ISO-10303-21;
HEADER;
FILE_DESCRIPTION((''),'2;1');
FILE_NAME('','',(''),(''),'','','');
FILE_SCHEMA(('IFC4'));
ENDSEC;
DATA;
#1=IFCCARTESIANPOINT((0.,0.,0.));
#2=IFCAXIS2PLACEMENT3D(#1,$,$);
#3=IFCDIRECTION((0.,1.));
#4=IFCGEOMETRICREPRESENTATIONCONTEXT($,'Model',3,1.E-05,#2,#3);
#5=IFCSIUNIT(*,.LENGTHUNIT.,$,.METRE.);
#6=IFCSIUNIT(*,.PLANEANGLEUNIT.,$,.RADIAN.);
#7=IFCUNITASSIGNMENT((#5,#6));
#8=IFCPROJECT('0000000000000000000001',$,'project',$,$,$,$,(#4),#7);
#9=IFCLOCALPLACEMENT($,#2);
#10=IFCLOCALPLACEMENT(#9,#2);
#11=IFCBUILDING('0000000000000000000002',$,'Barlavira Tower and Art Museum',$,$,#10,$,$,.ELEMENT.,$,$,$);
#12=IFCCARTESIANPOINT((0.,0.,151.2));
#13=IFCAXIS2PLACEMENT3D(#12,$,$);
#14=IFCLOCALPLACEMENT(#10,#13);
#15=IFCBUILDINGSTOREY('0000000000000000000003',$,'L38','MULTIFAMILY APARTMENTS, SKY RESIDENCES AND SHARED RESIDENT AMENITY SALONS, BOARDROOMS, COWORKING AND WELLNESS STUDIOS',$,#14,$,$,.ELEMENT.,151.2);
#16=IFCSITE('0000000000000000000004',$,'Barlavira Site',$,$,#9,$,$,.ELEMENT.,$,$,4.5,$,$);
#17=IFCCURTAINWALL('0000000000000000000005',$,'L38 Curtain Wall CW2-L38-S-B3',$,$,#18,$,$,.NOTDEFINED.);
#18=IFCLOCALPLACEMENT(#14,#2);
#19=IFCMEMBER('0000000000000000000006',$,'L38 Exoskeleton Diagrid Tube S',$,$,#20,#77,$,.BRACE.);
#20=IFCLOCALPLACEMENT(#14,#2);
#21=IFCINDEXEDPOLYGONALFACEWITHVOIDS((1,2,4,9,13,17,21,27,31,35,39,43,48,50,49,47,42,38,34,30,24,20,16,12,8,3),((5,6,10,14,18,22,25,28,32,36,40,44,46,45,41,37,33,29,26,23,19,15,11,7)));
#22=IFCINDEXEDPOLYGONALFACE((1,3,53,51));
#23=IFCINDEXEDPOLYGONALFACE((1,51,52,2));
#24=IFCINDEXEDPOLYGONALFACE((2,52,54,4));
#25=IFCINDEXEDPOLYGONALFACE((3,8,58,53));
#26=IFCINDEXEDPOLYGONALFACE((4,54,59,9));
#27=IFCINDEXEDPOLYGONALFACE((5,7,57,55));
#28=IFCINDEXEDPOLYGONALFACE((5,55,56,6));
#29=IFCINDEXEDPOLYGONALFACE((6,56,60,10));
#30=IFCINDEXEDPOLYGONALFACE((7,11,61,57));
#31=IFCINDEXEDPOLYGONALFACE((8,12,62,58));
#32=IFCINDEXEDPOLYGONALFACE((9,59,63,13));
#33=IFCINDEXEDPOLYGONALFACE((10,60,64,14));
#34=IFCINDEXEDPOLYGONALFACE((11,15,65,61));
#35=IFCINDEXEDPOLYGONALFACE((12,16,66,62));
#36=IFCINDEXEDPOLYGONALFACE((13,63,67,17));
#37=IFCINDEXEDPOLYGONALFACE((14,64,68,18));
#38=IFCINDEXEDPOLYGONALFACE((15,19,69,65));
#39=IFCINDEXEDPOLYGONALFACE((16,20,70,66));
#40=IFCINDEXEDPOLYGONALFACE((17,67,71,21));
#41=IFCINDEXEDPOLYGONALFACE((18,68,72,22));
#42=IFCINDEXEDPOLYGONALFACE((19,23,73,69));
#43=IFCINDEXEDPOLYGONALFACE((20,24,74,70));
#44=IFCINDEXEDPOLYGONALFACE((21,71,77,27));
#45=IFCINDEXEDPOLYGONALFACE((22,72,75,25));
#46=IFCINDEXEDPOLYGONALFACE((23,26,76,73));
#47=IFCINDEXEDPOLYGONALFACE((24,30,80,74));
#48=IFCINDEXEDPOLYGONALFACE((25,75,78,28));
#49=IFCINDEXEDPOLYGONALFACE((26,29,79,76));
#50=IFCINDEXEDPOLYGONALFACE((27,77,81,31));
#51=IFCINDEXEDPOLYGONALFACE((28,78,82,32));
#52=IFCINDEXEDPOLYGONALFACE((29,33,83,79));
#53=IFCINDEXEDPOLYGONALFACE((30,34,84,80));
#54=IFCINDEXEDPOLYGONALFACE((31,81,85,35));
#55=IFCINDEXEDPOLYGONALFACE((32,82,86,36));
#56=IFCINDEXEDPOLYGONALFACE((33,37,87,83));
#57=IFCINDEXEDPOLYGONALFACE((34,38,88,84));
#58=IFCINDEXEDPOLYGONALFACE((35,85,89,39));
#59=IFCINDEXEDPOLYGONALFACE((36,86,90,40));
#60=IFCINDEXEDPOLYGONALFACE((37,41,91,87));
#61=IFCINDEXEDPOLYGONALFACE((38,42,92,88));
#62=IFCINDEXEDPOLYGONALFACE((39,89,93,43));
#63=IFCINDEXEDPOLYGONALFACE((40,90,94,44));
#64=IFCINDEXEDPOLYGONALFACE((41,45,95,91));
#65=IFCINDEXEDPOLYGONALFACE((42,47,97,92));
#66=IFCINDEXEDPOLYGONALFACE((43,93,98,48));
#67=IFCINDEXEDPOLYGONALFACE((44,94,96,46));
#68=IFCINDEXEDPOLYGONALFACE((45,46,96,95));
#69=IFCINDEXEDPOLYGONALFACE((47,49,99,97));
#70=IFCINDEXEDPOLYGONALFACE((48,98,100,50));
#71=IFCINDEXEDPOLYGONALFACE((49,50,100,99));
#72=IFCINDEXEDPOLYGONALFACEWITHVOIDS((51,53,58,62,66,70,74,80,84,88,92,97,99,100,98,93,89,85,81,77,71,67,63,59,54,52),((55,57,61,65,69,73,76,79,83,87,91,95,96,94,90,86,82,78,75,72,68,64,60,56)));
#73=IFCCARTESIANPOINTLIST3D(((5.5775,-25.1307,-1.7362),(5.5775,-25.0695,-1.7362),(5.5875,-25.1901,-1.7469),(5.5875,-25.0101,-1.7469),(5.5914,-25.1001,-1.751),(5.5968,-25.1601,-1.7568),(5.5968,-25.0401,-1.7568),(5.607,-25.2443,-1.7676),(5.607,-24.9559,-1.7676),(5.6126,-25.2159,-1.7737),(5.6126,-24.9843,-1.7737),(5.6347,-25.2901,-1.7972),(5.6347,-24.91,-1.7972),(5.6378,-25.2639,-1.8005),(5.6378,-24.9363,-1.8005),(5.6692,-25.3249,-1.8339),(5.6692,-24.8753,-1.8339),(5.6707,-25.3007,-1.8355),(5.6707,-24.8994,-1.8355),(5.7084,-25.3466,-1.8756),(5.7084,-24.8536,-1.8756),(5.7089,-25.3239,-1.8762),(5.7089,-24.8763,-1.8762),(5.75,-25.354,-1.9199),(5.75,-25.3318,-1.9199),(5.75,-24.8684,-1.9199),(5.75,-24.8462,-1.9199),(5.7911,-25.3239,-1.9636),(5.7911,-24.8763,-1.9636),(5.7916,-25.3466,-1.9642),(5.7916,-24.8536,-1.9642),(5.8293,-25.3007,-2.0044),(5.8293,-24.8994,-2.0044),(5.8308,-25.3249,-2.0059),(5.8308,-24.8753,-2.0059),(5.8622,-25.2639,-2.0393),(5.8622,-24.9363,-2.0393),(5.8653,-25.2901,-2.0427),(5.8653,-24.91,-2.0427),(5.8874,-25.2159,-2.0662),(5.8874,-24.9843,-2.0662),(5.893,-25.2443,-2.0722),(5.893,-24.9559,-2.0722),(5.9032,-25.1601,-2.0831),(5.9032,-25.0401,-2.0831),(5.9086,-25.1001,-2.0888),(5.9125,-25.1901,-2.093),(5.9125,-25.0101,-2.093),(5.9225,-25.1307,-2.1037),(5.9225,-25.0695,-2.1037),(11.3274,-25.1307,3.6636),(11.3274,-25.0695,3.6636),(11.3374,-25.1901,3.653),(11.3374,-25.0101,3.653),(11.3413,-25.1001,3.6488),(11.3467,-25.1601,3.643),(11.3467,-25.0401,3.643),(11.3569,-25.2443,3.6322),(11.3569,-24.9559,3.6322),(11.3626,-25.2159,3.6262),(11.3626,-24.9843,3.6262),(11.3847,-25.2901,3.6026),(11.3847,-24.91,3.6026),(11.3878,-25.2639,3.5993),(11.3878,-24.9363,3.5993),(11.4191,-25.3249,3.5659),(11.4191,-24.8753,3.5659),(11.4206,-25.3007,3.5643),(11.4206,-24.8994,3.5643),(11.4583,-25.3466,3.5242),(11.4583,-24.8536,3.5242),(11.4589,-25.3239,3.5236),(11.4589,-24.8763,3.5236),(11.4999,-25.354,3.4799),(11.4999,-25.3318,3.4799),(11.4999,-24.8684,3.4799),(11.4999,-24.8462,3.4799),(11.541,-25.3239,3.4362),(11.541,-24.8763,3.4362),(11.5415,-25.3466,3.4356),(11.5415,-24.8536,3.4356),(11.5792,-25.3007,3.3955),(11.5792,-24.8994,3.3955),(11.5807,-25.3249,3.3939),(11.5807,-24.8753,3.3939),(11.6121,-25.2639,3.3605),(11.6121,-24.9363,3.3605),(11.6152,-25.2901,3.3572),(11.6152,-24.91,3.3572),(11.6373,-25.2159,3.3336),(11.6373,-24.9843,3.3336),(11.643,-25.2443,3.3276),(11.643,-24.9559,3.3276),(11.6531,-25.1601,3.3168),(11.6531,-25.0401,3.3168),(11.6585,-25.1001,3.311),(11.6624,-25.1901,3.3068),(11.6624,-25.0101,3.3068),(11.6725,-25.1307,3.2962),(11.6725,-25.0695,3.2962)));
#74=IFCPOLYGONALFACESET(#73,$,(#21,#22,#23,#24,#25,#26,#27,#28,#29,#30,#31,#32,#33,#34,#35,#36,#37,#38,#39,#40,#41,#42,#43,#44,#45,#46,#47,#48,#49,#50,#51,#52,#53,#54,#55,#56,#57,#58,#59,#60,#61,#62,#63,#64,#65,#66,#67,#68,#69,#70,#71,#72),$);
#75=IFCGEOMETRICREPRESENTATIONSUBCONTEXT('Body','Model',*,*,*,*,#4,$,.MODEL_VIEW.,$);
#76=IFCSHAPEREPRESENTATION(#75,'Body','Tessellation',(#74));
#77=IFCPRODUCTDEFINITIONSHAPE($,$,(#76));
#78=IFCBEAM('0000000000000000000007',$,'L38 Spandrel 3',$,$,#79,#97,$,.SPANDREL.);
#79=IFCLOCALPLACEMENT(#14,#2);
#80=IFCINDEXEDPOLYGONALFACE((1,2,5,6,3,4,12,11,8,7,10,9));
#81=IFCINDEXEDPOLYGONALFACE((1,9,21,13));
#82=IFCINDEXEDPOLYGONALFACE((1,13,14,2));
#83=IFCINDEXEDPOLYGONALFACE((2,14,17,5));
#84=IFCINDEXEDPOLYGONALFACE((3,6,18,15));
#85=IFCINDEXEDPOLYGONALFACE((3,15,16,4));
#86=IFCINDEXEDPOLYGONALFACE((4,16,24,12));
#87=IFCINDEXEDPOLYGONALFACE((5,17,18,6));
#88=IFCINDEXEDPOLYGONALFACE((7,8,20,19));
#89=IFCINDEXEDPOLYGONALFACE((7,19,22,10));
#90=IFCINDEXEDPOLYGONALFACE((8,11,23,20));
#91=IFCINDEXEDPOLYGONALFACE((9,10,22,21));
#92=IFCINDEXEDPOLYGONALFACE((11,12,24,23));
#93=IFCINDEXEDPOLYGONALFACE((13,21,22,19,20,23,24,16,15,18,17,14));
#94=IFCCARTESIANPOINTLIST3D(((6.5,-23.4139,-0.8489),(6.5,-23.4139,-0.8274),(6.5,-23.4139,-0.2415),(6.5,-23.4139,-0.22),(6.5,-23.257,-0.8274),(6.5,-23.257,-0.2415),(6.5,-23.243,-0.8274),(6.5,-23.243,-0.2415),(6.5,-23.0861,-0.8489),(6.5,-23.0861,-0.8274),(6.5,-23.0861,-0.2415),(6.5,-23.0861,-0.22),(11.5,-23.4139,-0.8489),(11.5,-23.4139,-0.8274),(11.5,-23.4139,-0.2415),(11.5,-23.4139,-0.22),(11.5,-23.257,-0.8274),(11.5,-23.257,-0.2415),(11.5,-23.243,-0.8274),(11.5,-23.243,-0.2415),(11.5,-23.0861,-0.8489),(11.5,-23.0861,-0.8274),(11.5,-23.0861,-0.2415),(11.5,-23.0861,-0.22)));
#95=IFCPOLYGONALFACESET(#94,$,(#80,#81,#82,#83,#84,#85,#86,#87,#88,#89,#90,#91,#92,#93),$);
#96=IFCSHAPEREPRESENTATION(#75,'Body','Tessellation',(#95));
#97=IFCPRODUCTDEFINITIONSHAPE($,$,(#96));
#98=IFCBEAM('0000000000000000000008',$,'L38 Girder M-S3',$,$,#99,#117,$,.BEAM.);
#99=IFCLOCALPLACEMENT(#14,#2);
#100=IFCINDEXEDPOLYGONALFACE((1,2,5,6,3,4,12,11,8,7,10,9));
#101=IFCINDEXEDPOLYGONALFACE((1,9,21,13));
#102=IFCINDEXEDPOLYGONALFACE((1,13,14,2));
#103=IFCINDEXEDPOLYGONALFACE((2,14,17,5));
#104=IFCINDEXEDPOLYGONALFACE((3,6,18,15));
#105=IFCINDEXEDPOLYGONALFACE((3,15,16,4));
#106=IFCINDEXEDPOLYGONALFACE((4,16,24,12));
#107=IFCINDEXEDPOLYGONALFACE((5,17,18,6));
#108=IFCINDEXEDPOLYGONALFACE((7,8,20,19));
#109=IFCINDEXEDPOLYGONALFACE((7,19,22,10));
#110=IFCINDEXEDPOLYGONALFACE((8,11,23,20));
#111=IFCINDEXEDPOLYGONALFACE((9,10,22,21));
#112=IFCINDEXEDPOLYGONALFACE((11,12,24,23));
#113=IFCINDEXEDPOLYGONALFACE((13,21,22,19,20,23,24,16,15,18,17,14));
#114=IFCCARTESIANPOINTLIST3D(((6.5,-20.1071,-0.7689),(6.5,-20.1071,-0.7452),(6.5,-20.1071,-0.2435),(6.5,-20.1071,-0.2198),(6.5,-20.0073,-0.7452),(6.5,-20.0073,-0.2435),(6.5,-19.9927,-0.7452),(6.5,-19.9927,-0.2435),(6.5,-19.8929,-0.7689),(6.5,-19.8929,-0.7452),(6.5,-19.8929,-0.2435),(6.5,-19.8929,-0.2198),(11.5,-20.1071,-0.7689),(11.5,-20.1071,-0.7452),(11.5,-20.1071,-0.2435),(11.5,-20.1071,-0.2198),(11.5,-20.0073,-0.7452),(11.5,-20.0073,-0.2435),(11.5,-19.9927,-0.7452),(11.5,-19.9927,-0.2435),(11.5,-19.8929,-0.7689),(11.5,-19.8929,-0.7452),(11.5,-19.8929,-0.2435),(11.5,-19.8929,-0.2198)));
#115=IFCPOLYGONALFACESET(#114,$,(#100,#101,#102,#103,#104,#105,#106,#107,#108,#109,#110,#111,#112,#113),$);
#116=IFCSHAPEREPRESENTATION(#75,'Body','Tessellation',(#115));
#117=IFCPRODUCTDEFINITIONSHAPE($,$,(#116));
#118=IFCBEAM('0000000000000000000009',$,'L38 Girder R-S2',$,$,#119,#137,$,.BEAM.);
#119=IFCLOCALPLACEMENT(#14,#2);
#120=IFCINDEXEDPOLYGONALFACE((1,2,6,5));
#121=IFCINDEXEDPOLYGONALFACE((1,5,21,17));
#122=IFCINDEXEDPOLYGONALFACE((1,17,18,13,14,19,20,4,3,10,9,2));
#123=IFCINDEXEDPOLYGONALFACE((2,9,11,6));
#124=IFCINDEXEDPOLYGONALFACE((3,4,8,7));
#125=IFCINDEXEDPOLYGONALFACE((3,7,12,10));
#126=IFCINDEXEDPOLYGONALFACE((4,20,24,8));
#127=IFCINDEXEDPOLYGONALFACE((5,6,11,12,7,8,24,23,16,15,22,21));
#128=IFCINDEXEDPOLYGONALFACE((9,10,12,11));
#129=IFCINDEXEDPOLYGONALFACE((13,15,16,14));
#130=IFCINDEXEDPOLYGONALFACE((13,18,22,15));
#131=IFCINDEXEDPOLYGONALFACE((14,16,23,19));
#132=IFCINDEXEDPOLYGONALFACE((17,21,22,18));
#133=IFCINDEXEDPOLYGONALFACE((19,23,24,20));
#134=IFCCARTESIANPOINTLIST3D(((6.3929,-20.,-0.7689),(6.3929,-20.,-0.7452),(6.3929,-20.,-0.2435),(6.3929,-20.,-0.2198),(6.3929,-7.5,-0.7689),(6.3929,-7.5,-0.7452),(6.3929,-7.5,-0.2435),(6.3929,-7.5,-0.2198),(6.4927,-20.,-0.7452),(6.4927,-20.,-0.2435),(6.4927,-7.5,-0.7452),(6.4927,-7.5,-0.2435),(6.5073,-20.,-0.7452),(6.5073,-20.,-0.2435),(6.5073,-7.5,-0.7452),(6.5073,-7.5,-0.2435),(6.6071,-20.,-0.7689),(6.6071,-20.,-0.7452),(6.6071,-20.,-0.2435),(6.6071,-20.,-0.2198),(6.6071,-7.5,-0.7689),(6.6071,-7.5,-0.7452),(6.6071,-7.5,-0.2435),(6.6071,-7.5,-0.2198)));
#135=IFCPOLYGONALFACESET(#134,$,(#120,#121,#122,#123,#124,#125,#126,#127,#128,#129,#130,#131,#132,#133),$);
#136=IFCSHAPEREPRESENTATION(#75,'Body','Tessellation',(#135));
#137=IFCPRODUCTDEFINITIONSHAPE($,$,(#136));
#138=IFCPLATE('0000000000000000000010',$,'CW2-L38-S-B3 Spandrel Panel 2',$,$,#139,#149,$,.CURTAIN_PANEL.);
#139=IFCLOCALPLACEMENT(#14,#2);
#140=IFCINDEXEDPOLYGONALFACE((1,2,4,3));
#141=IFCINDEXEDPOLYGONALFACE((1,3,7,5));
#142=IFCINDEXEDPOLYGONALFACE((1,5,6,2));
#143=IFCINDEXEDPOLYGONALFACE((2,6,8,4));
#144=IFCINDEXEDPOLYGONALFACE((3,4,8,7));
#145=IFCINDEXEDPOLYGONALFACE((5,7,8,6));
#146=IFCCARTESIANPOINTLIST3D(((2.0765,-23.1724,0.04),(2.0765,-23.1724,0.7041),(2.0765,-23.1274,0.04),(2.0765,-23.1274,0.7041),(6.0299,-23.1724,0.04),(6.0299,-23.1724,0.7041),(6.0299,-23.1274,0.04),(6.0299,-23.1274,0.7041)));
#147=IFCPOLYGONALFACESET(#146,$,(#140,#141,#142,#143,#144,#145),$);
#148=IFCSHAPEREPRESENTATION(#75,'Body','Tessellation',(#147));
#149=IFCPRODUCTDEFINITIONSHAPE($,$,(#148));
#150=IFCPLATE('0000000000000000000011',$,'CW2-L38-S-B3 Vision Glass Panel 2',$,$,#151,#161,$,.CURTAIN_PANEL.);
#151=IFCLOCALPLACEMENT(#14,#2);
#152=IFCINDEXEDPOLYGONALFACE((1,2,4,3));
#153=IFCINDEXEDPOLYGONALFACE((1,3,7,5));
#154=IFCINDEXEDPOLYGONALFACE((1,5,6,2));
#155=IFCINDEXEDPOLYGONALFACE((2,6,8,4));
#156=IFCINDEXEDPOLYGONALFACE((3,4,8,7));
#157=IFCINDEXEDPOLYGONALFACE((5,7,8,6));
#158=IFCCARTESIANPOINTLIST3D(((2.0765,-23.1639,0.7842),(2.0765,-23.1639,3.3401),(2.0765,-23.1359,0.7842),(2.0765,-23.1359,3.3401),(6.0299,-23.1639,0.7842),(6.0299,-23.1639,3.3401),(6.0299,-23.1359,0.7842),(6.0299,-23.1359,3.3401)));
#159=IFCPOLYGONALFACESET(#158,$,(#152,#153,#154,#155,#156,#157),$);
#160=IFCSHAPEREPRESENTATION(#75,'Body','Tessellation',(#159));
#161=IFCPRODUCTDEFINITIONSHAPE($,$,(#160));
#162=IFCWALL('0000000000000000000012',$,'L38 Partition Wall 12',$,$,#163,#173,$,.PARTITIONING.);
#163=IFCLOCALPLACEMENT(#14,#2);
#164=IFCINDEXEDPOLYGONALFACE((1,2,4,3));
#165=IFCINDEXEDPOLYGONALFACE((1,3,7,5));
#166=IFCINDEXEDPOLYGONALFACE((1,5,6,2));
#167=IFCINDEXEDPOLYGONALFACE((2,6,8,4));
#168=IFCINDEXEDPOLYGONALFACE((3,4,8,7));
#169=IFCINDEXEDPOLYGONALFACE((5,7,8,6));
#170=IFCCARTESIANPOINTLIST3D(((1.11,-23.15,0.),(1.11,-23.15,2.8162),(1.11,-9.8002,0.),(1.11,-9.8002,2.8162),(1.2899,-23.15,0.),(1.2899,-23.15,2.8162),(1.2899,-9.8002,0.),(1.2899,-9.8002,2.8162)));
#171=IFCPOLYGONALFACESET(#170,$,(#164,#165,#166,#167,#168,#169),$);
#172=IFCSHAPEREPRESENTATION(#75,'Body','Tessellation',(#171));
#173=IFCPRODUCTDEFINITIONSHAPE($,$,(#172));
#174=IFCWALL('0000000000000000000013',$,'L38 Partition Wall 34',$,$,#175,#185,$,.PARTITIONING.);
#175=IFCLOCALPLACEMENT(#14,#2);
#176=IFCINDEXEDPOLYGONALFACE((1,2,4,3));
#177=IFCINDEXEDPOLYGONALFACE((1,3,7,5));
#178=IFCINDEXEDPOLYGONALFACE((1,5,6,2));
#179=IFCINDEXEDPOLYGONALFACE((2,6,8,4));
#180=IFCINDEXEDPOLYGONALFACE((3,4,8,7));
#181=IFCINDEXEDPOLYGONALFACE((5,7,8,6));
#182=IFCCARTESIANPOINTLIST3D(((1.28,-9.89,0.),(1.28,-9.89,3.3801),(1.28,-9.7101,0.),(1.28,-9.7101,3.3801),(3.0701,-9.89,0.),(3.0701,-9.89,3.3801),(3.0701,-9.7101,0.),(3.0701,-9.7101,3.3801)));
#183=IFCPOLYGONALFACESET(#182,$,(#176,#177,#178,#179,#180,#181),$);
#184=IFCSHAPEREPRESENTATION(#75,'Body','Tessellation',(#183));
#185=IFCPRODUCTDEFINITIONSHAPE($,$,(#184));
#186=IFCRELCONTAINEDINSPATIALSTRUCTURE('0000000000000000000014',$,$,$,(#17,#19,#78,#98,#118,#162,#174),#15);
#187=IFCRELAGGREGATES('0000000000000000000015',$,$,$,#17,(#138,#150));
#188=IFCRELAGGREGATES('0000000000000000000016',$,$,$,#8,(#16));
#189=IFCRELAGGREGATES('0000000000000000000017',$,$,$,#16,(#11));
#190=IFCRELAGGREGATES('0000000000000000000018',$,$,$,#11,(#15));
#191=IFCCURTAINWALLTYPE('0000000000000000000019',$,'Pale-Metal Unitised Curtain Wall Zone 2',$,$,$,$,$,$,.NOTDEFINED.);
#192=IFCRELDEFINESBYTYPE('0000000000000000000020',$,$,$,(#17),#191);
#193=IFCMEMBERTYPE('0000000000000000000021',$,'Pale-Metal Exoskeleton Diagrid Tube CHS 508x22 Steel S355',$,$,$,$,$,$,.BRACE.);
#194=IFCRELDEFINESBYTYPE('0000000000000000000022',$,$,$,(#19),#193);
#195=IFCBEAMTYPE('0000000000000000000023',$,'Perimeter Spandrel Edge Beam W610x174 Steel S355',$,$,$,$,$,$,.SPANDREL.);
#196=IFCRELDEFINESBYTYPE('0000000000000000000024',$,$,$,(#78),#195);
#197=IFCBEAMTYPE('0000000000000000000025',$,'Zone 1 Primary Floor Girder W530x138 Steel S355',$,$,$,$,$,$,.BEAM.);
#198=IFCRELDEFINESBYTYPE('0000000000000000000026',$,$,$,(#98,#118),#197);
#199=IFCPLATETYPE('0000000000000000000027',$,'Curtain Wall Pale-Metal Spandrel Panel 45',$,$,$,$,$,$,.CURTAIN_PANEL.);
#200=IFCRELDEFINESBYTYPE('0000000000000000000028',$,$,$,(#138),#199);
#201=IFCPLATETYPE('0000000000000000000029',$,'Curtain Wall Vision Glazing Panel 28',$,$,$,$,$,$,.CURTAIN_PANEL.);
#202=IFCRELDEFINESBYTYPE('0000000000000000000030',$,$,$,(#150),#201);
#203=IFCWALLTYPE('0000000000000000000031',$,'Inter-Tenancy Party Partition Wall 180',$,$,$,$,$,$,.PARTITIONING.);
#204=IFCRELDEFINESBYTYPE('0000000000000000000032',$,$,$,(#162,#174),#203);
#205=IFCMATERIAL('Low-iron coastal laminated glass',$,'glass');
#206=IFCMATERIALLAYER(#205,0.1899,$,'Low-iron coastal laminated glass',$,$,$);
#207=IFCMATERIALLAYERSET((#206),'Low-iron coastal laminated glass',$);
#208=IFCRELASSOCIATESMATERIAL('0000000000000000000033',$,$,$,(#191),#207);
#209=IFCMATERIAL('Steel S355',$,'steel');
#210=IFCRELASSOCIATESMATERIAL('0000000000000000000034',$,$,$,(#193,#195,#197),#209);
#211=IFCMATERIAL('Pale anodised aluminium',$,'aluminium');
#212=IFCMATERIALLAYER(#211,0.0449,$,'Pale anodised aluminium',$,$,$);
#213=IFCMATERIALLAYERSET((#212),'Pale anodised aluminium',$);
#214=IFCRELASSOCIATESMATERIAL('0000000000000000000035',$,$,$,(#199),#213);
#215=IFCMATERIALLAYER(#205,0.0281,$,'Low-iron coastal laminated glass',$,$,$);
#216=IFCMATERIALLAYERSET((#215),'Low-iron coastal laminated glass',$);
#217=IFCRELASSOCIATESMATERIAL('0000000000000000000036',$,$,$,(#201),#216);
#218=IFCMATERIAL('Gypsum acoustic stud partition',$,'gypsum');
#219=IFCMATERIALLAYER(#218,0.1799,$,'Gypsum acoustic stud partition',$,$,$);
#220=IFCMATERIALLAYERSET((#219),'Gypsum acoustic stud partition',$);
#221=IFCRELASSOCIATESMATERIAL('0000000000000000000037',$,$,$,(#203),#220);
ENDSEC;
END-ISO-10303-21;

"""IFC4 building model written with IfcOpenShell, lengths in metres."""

from ifc_helpers import new_model, si_unit, direction, frame, frame_2d, origin, origin_2d, place, context, subcontext, project, spatial, rectangle, hollow_circle, i_section, extrude, material, layer, layer_set, material_profile, profile_set, type_object, element, aggregate, save


model = new_model("IFC4")

# Units and contexts
model_context = context("Model", 3, precision=1e-05, world=origin(), true_north=direction((0.0, 1.0)))
body_context = subcontext(model_context, "Body", "Model", "MODEL_VIEW")
ifc_project = project(units=[si_unit("LENGTHUNIT", "METRE"), si_unit("PLANEANGLEUNIT", "RADIAN")], contexts=[model_context])

# Site, building, storey
site_placement = place(None, origin())
site = spatial("IfcSite", under=ifc_project, at=site_placement, Name="Barlavira Site", CompositionType="ELEMENT", RefElevation=4.5)
building_placement = place(site_placement, origin())
building = spatial("IfcBuilding", under=site, at=building_placement, Name="Barlavira Tower and Art Museum", CompositionType="ELEMENT")
storey_placement = place(building_placement, frame((0.0, 0.0, 151.2)))
storey = spatial("IfcBuildingStorey", under=building, at=storey_placement, Name="L38", Description="MULTIFAMILY APARTMENTS, SKY RESIDENCES AND SHARED RESIDENT AMENITY SALONS, BOARDROOMS, COWORKING AND WELLNESS STUDIOS", CompositionType="ELEMENT", Elevation=151.2)

# Curtain wall
ifc_material_1 = material(Name="Low-iron coastal laminated glass", Category="glass")
ifc_layer_1 = layer(ifc_material_1, 0.1899, Name="Low-iron coastal laminated glass")
ifc_layer_set_1 = layer_set([ifc_layer_1], Name="Low-iron coastal laminated glass")
curtain_wall_type = type_object("IfcCurtainWallType", Name="Pale-Metal Unitised Curtain Wall Zone 2", PredefinedType="NOTDEFINED", material=ifc_layer_set_1)
curtain_wall_placement = place(storey_placement, origin())
curtain_wall = element("IfcCurtainWall", 1, at=curtain_wall_placement, inside=storey, type_object=curtain_wall_type, Name="L38 Curtain Wall CW2-L38-S-B3", PredefinedType="NOTDEFINED")
ifc_material_2 = material(Name="Pale anodised aluminium", Category="aluminium")

# Member
ifc_material_3 = material(Name="Steel S355", Category="steel")
ifc_material_profile_1 = material_profile(ifc_material_3, hollow_circle(Radius=0.2539, WallThickness=0.0222, at=origin_2d()), Name="CHS 508.0x22.2")
ifc_profile_set_1 = profile_set([ifc_material_profile_1], Name="Steel S355")
member_type_1 = type_object("IfcMemberType", Name="Pale-Metal Exoskeleton Diagrid Tube CHS 508x22 Steel S355", PredefinedType="BRACE", material=ifc_profile_set_1)
for number, where, z_axis, x_axis, name in (
    (2, (5.75, -25.1001, -1.9199), (0.72895, 0.0, 0.684567), (0.0, 1.0, 0.0), "L38 Exoskeleton Diagrid Tube S"),
):
    element("IfcMember", number, at=place(storey_placement, frame(where, z_axis=z_axis, x_axis=x_axis)), inside=storey, type_object=member_type_1, Name=name, PredefinedType="BRACE", context=body_context, shape_type="SweptSolid", body=[
        extrude(hollow_circle(Radius=0.2539, WallThickness=0.0222, at=origin_2d()), origin(), (0.0, 0.0, 1.0), 7.8879),
    ])

# Beams
ifc_material_profile_2 = material_profile(ifc_material_3, i_section(OverallWidth=0.3279, OverallDepth=0.6289, WebThickness=0.0139, FlangeThickness=0.0215, at=origin_2d()), Name="W610x174.0")
ifc_profile_set_2 = profile_set([ifc_material_profile_2], Name="Steel S355")
beam_type_1 = type_object("IfcBeamType", Name="Perimeter Spandrel Edge Beam W610x174 Steel S355", PredefinedType="SPANDREL", material=ifc_profile_set_2)
beam_1_placement = place(storey_placement, frame((6.5, -23.25, -0.5344), z_axis=(1.0, 0.0, 0.0), x_axis=(0.0, 1.0, 0.0)))
element("IfcBeam", 3, at=beam_1_placement, inside=storey, type_object=beam_type_1, Name="L38 Spandrel 3", PredefinedType="SPANDREL", context=body_context, shape_type="SweptSolid", body=[
    extrude(i_section(OverallWidth=0.3279, OverallDepth=0.6289, WebThickness=0.0139, FlangeThickness=0.0215, at=origin_2d()), origin(), (0.0, 0.0, 1.0), 5.0),
])
ifc_material_profile_3 = material_profile(ifc_material_3, i_section(OverallWidth=0.2141, OverallDepth=0.5491, WebThickness=0.0146, FlangeThickness=0.0237, at=origin_2d()), Name="W530x138.0")
ifc_profile_set_3 = profile_set([ifc_material_profile_3], Name="Steel S355")
beam_type_2 = type_object("IfcBeamType", Name="Zone 1 Primary Floor Girder W530x138 Steel S355", PredefinedType="BEAM", material=ifc_profile_set_3)
beam_2_placement = place(storey_placement, frame((6.5, -20.0, -0.4944), z_axis=(1.0, 0.0, 0.0), x_axis=(0.0, 1.0, 0.0)))
element("IfcBeam", 4, at=beam_2_placement, inside=storey, type_object=beam_type_2, Name="L38 Girder M-S3", PredefinedType="BEAM", context=body_context, shape_type="SweptSolid", body=[
    extrude(i_section(OverallWidth=0.2141, OverallDepth=0.5491, WebThickness=0.0146, FlangeThickness=0.0237, at=origin_2d()), origin(), (0.0, 0.0, 1.0), 5.0),
])
beam_3_placement = place(storey_placement, frame((6.5, -20.0, -0.4944), z_axis=(0.0, 1.0, 0.0), x_axis=(-1.0, 0.0, 0.0)))
element("IfcBeam", 5, at=beam_3_placement, inside=storey, type_object=beam_type_2, Name="L38 Girder R-S2", PredefinedType="BEAM", context=body_context, shape_type="SweptSolid", body=[
    extrude(i_section(OverallWidth=0.2141, OverallDepth=0.5491, WebThickness=0.0146, FlangeThickness=0.0237, at=origin_2d()), origin(), (0.0, 0.0, 1.0), 12.5),
])

# Plates
ifc_layer_2 = layer(ifc_material_2, 0.0449, Name="Pale anodised aluminium")
ifc_layer_set_2 = layer_set([ifc_layer_2], Name="Pale anodised aluminium")
plate_type_1 = type_object("IfcPlateType", Name="Curtain Wall Pale-Metal Spandrel Panel 45", PredefinedType="CURTAIN_PANEL", material=ifc_layer_set_2)
plate_1_placement = place(storey_placement, frame((4.0532, -23.1499, 0.04), z_axis=(0.0, 0.0, 1.0), x_axis=(1.0, 0.0, 0.0)))
plate_1 = element("IfcPlate", 6, at=plate_1_placement, type_object=plate_type_1, Name="CW2-L38-S-B3 Spandrel Panel 2", PredefinedType="CURTAIN_PANEL", context=body_context, shape_type="SweptSolid", body=[
    extrude(rectangle(XDim=3.9534, YDim=0.0449, at=origin_2d()), origin(), (0.0, 0.0, 1.0), 0.6641),
])
ifc_layer_3 = layer(ifc_material_1, 0.0281, Name="Low-iron coastal laminated glass")
ifc_layer_set_3 = layer_set([ifc_layer_3], Name="Low-iron coastal laminated glass")
plate_type_2 = type_object("IfcPlateType", Name="Curtain Wall Vision Glazing Panel 28", PredefinedType="CURTAIN_PANEL", material=ifc_layer_set_3)
plate_2_placement = place(storey_placement, frame((4.0532, -23.1499, 0.7842), z_axis=(0.0, 0.0, 1.0), x_axis=(1.0, 0.0, 0.0)))
plate_2 = element("IfcPlate", 7, at=plate_2_placement, type_object=plate_type_2, Name="CW2-L38-S-B3 Vision Glass Panel 2", PredefinedType="CURTAIN_PANEL", context=body_context, shape_type="SweptSolid", body=[
    extrude(rectangle(XDim=3.9534, YDim=0.0281, at=origin_2d()), origin(), (0.0, 0.0, 1.0), 2.5559),
])
aggregate(curtain_wall, [plate_1, plate_2])

# Walls
ifc_material_4 = material(Name="Gypsum acoustic stud partition", Category="gypsum")
ifc_layer_4 = layer(ifc_material_4, 0.1799, Name="Gypsum acoustic stud partition")
ifc_layer_set_4 = layer_set([ifc_layer_4], Name="Gypsum acoustic stud partition")
wall_type_1 = type_object("IfcWallType", Name="Inter-Tenancy Party Partition Wall 180", PredefinedType="PARTITIONING", material=ifc_layer_set_4)
wall_1_placement = place(storey_placement, frame((1.2, -23.1499, 0.0), z_axis=(0.0, 0.0, 1.0), x_axis=(0.0, 1.0, 0.0)))
element("IfcWall", 8, at=wall_1_placement, inside=storey, type_object=wall_type_1, Name="L38 Partition Wall 12", PredefinedType="PARTITIONING", context=body_context, shape_type="SweptSolid", body=[
    extrude(rectangle(XDim=13.3499, YDim=0.1799, at=frame_2d((6.6748, 0.0))), origin(), (0.0, 0.0, 1.0), 2.8162),
])
wall_2_placement = place(storey_placement, frame((1.28, -9.8, 0.0), z_axis=(0.0, 0.0, 1.0), x_axis=(1.0, 0.0, 0.0)))
element("IfcWall", 9, at=wall_2_placement, inside=storey, type_object=wall_type_1, Name="L38 Partition Wall 34", PredefinedType="PARTITIONING", context=body_context, shape_type="SweptSolid", body=[
    extrude(rectangle(XDim=1.79, YDim=0.1799, at=frame_2d((0.895, 0.0))), origin(), (0.0, 0.0, 1.0), 3.3801),
])

save(model, "model.ifc")
